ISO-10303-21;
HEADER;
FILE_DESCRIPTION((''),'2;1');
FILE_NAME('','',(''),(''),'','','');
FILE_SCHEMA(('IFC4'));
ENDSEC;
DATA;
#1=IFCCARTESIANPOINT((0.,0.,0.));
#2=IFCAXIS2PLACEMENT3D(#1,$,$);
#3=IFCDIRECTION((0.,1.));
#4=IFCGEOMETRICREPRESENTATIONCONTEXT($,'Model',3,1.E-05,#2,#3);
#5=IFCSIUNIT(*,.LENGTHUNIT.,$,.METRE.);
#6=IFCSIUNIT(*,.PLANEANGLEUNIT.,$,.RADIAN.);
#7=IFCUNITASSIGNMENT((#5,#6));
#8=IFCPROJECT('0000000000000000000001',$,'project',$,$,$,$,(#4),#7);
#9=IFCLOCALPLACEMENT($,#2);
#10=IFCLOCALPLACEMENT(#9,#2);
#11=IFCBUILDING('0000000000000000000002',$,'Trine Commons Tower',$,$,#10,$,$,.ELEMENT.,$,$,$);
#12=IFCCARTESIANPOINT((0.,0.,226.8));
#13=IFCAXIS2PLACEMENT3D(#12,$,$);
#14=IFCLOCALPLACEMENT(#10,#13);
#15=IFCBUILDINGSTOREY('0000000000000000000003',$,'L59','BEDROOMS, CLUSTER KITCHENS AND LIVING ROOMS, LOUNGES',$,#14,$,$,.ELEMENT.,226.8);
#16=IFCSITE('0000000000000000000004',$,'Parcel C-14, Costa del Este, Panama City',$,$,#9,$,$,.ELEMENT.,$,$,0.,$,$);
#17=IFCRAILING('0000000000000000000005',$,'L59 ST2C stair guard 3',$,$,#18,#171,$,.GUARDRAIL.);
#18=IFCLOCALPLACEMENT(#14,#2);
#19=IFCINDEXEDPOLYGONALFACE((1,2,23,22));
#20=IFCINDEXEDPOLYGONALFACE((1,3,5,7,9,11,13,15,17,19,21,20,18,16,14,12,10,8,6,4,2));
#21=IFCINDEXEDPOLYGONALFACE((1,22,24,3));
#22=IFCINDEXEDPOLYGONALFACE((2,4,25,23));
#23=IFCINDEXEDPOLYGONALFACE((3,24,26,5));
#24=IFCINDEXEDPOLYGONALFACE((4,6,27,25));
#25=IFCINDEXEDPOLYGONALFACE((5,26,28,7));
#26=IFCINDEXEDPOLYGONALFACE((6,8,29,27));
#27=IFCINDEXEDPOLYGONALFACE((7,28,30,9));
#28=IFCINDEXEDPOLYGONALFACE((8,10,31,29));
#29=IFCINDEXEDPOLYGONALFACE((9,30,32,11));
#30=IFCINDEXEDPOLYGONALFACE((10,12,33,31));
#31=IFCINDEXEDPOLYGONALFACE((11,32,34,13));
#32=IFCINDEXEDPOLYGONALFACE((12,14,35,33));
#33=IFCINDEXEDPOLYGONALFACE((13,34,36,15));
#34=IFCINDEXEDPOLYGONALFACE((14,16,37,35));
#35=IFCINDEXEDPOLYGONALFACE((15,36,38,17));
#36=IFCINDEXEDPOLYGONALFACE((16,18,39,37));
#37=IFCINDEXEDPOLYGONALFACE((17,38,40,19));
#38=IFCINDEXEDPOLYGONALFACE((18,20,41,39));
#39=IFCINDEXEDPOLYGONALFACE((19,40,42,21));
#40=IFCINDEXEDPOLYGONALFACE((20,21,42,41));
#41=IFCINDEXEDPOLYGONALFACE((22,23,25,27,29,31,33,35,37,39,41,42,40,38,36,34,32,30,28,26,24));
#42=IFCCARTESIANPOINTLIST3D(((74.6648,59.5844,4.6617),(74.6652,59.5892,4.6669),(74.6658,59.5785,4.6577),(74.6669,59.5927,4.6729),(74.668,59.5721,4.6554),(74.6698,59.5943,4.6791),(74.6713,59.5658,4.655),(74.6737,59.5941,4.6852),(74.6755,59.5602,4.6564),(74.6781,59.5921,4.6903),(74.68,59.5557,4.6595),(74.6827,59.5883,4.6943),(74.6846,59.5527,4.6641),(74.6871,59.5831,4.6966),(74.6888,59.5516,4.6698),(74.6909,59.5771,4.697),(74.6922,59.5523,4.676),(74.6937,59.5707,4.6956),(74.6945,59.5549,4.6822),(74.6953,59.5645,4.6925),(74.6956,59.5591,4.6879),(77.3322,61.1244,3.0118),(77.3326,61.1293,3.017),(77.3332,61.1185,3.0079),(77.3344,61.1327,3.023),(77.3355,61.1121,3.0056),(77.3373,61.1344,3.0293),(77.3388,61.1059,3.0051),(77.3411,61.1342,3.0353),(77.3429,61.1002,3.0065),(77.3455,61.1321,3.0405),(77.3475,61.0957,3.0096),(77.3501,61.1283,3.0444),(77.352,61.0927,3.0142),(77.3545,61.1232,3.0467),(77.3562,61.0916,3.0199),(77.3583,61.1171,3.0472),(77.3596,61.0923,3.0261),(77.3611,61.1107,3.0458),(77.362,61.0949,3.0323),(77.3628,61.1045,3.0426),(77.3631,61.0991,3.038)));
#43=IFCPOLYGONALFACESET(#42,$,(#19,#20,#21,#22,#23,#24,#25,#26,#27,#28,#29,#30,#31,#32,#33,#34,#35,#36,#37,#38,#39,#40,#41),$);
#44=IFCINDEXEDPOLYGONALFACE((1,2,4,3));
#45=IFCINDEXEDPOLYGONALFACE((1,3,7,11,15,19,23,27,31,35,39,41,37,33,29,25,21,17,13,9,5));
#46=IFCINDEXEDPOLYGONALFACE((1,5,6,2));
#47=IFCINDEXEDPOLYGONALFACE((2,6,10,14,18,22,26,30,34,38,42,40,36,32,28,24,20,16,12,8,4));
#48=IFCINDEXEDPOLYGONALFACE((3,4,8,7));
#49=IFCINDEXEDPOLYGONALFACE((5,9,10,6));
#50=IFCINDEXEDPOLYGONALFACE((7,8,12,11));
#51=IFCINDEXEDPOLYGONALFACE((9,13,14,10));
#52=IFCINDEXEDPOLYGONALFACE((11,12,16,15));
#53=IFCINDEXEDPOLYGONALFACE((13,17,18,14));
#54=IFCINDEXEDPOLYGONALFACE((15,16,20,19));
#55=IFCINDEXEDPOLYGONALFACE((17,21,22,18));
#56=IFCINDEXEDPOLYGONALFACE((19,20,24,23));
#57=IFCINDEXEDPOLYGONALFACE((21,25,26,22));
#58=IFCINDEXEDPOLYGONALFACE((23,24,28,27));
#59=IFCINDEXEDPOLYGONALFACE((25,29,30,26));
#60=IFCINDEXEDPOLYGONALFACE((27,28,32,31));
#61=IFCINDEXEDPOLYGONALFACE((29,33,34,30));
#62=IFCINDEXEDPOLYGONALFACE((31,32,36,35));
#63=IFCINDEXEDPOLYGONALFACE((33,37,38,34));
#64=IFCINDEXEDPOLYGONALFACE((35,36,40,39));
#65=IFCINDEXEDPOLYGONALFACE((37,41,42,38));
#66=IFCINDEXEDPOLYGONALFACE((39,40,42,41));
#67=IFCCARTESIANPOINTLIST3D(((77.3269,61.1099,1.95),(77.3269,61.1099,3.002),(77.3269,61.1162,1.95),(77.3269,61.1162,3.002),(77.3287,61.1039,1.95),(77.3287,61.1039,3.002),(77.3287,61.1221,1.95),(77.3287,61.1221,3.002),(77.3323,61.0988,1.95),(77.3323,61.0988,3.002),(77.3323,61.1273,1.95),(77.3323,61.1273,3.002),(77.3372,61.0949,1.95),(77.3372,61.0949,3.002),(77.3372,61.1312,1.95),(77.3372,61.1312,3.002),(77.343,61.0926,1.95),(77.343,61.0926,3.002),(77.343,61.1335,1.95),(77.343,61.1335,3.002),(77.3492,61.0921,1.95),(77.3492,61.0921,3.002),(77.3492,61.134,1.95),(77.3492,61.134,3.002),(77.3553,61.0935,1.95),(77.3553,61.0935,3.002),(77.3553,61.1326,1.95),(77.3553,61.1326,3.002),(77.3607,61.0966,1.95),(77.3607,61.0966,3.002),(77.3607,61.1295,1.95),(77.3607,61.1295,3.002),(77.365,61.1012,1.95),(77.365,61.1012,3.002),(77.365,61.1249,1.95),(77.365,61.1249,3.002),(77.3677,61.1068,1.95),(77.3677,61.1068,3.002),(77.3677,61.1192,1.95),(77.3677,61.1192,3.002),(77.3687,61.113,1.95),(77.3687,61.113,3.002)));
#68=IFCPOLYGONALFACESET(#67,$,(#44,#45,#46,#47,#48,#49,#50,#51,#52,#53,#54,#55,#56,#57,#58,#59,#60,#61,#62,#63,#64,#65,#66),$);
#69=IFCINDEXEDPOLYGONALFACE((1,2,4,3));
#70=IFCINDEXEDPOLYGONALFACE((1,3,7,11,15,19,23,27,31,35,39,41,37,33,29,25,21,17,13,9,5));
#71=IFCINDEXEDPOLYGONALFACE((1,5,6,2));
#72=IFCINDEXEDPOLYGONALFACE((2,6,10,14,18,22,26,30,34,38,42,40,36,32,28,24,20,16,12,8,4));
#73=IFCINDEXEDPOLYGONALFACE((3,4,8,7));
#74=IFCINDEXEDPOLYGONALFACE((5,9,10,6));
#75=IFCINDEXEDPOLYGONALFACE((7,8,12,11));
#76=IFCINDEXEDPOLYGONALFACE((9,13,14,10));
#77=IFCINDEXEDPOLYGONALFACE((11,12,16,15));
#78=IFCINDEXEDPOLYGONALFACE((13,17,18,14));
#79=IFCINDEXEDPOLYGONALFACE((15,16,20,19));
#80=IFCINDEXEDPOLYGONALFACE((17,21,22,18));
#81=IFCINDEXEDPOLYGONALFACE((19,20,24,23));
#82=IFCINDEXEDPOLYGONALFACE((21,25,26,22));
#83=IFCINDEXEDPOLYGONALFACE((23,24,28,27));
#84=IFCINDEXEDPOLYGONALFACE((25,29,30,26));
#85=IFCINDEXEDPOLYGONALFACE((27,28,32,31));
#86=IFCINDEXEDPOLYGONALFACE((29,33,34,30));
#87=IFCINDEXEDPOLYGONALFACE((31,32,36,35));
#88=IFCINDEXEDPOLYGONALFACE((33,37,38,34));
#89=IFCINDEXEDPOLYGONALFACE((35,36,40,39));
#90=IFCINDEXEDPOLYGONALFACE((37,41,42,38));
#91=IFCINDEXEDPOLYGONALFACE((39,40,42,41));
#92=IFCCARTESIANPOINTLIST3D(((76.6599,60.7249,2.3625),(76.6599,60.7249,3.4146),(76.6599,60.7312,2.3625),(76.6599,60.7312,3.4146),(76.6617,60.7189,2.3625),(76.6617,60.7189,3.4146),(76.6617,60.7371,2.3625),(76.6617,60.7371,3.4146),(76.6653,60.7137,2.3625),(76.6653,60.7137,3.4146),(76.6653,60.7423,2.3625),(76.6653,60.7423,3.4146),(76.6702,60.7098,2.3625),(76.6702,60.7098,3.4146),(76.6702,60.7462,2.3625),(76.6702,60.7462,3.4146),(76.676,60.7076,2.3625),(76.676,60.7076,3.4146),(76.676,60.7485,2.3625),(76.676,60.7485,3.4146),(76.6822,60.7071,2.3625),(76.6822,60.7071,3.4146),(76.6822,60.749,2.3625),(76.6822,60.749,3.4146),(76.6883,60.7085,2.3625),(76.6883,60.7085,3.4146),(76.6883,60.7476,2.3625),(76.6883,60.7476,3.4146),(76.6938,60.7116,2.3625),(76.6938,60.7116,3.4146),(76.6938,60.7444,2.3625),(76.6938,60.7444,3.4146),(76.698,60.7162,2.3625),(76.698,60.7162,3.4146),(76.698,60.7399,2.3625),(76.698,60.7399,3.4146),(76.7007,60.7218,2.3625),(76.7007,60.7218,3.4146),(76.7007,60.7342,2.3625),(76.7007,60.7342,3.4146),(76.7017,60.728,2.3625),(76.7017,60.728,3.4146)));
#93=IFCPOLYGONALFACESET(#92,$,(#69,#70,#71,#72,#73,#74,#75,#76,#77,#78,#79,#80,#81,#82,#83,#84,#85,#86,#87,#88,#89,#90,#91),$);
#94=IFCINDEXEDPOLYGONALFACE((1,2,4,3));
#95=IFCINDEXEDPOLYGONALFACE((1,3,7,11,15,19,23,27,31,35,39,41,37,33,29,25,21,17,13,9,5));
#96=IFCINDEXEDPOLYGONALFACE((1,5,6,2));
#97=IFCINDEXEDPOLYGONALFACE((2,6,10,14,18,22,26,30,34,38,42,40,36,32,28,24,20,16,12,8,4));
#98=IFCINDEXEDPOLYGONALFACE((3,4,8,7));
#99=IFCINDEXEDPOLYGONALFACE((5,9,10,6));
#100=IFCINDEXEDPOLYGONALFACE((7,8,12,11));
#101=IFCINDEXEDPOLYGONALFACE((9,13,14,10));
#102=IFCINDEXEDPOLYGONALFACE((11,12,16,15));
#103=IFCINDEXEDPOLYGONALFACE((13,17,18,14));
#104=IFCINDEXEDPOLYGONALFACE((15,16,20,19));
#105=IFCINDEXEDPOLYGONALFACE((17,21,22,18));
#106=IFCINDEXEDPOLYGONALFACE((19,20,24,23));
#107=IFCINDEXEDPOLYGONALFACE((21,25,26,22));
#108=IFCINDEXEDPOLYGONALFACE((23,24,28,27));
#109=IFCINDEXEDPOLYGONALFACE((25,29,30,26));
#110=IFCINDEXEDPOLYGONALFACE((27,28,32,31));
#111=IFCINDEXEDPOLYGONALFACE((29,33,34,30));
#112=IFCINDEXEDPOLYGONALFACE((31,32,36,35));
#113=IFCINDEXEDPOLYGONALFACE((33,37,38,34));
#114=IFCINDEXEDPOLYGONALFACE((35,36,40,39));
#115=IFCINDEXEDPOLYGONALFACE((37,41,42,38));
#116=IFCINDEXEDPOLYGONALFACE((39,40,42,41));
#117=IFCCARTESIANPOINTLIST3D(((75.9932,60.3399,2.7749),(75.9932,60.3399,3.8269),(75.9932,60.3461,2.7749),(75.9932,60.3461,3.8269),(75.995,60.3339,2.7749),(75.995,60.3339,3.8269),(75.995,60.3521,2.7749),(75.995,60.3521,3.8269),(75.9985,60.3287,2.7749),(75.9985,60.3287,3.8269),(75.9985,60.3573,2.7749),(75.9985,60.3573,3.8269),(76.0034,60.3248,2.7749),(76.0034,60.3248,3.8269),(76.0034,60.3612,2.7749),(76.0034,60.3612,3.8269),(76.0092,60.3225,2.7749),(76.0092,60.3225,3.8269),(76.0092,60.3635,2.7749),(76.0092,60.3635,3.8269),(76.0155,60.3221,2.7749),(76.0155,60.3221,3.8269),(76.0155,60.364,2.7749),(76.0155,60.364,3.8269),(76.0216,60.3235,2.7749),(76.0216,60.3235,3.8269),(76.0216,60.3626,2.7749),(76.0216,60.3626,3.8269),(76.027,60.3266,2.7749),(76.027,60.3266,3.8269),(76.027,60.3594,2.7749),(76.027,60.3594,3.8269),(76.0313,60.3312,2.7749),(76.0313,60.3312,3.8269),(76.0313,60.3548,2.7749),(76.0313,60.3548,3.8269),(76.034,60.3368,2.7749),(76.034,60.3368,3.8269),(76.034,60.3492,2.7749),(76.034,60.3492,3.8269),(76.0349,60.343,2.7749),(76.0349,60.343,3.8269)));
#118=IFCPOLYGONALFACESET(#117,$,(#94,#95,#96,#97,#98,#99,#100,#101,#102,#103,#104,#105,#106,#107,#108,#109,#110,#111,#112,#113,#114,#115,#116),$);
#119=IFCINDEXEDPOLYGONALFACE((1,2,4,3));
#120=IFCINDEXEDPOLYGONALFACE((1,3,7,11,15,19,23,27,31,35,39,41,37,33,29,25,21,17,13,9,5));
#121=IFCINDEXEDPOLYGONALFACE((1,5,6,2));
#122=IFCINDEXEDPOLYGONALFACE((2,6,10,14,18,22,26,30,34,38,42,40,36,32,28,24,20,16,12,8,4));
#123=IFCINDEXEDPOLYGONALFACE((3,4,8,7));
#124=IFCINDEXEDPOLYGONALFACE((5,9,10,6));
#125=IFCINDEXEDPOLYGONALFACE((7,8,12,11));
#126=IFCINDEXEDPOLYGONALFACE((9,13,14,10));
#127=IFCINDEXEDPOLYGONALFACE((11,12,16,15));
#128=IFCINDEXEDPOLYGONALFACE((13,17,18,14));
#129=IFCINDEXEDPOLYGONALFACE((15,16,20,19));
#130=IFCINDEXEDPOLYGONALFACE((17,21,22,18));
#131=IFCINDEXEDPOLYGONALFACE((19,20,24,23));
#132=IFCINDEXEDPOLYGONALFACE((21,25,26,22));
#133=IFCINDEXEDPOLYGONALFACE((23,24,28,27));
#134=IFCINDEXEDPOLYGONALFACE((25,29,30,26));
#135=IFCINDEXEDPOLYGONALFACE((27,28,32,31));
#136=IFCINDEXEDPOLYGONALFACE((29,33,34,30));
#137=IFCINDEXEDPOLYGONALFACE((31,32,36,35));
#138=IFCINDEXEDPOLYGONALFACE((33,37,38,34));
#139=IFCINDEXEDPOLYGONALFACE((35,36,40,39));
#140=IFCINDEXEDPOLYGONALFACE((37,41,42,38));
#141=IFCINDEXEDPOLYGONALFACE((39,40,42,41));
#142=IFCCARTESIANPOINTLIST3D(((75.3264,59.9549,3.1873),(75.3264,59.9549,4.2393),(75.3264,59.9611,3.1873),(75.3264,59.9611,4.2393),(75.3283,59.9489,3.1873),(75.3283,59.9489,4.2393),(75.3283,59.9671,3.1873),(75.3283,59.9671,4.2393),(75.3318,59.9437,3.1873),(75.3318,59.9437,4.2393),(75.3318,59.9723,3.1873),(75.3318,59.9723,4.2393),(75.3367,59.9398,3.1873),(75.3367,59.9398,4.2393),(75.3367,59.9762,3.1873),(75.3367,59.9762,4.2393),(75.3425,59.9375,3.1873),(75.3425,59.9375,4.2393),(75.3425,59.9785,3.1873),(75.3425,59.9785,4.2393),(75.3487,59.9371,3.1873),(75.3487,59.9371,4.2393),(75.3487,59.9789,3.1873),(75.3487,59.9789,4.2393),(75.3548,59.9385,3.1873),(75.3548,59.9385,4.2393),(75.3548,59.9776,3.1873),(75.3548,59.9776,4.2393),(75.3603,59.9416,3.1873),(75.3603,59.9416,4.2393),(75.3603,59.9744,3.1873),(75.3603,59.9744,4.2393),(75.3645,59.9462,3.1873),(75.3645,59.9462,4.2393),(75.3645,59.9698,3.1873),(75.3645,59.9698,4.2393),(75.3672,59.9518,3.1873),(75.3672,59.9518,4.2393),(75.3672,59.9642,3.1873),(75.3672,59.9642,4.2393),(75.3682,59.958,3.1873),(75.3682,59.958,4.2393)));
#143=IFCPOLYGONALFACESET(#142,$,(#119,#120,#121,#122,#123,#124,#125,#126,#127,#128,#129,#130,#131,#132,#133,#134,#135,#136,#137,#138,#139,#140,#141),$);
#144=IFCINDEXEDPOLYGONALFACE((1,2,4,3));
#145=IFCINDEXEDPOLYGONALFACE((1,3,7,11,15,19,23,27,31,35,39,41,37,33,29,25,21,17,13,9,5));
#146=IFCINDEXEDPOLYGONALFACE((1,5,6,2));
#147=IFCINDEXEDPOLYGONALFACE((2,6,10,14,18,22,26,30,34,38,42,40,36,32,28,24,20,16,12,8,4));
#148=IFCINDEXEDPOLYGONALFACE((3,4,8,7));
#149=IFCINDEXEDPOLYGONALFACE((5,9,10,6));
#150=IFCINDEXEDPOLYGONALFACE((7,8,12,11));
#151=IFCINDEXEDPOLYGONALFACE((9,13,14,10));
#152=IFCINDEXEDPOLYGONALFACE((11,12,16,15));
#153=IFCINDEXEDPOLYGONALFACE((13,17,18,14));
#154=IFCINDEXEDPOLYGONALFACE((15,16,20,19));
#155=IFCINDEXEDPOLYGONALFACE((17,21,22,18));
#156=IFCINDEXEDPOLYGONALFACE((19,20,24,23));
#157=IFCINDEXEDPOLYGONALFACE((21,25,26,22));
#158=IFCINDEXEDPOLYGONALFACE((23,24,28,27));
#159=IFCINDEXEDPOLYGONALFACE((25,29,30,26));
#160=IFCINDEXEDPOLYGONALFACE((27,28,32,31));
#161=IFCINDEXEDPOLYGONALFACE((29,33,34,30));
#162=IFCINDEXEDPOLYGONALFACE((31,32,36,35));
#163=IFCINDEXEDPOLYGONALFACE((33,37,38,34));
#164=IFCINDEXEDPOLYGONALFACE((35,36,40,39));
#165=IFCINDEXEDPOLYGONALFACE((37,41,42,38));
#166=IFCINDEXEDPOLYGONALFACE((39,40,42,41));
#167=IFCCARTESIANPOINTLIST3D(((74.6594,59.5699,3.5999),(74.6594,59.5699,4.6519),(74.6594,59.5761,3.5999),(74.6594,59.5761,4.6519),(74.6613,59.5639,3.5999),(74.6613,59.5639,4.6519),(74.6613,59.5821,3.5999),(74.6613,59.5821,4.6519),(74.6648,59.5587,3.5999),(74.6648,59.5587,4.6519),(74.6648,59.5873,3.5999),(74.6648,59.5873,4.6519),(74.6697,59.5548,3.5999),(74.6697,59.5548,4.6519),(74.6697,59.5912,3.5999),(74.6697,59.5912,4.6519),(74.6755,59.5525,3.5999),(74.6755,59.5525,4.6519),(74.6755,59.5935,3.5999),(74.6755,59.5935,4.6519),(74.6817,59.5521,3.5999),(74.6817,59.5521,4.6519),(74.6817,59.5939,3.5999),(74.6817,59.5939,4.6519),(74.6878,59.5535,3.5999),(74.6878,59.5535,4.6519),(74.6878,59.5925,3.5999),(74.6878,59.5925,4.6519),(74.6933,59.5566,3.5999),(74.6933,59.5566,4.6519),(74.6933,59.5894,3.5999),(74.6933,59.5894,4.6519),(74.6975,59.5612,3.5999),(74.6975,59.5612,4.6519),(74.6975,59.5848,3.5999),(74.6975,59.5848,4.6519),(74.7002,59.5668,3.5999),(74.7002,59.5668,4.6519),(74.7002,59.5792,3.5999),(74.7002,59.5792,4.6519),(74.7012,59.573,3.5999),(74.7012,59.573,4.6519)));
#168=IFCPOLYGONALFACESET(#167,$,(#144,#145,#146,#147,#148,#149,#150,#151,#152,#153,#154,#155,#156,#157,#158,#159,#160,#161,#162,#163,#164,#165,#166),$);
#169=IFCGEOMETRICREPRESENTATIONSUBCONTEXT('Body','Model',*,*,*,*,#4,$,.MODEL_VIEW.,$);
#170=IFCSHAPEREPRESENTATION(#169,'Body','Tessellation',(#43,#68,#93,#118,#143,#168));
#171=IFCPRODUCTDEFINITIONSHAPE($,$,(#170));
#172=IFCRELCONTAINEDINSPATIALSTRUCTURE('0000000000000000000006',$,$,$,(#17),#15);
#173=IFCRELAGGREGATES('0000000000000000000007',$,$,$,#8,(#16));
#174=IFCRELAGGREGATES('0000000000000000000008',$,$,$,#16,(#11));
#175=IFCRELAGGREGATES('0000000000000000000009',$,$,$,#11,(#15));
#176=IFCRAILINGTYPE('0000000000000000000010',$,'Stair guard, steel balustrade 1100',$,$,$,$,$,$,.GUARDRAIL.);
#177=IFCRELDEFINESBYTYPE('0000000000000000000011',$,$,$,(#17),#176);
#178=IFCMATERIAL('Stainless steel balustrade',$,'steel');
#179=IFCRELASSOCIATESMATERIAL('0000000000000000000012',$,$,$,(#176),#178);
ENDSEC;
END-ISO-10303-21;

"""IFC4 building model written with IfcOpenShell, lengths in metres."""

from ifc_helpers import new_model, si_unit, direction, frame, origin, origin_2d, place, context, subcontext, project, spatial, circle, extrude, material, type_object, element, save


model = new_model("IFC4")

# Units and contexts
model_context = context("Model", 3, precision=1e-05, world=origin(), true_north=direction((0.0, 1.0)))
body_context = subcontext(model_context, "Body", "Model", "MODEL_VIEW")
ifc_project = project(units=[si_unit("LENGTHUNIT", "METRE"), si_unit("PLANEANGLEUNIT", "RADIAN")], contexts=[model_context])

# Site, building, storey
site_placement = place(None, origin())
site = spatial("IfcSite", under=ifc_project, at=site_placement, Name="Parcel C-14, Costa del Este, Panama City", CompositionType="ELEMENT", RefElevation=0.0)
building_placement = place(site_placement, origin())
building = spatial("IfcBuilding", under=site, at=building_placement, Name="Trine Commons Tower", CompositionType="ELEMENT")
storey_placement = place(building_placement, frame((0.0, 0.0, 226.8)))
storey = spatial("IfcBuildingStorey", under=building, at=storey_placement, Name="L59", Description="BEDROOMS, CLUSTER KITCHENS AND LIVING ROOMS, LOUNGES", CompositionType="ELEMENT", Elevation=226.8)

# Railing
ifc_material_1 = material(Name="Stainless steel balustrade", Category="steel")
railing_type_1 = type_object("IfcRailingType", Name="Stair guard, steel balustrade 1100", PredefinedType="GUARDRAIL", material=ifc_material_1)
railing_1_placement = place(storey_placement, frame((77.3477, 61.113, 1.95)))
element("IfcRailing", 1, at=railing_1_placement, inside=storey, type_object=railing_type_1, Name="L59 ST2C stair guard 3", PredefinedType="GUARDRAIL", context=body_context, shape_type="SweptSolid", body=[
    extrude(circle(Radius=0.0239, at=origin_2d()), frame((0.0, 0.0, 1.0762), z_axis=(-0.763405, -0.440743, 0.472185), x_axis=(0.499992, -0.86603, 0.0)), (0.0, 0.0, 1.0), 3.4941),
    extrude(circle(Radius=0.021, at=origin_2d()), origin(), (0.0, 0.0, 1.0), 1.052),
    extrude(circle(Radius=0.021, at=origin_2d()), frame((-0.667, -0.385, 0.4126)), (0.0, 0.0, 1.0), 1.052),
    extrude(circle(Radius=0.021, at=origin_2d()), frame((-1.3337, -0.77, 0.825)), (0.0, 0.0, 1.0), 1.052),
    extrude(circle(Radius=0.021, at=origin_2d()), frame((-2.0005, -1.155, 1.2373)), (0.0, 0.0, 1.0), 1.052),
    extrude(circle(Radius=0.021, at=origin_2d()), frame((-2.6675, -1.54, 1.6499)), (0.0, 0.0, 1.0), 1.052),
])

save(model, "model.ifc")
